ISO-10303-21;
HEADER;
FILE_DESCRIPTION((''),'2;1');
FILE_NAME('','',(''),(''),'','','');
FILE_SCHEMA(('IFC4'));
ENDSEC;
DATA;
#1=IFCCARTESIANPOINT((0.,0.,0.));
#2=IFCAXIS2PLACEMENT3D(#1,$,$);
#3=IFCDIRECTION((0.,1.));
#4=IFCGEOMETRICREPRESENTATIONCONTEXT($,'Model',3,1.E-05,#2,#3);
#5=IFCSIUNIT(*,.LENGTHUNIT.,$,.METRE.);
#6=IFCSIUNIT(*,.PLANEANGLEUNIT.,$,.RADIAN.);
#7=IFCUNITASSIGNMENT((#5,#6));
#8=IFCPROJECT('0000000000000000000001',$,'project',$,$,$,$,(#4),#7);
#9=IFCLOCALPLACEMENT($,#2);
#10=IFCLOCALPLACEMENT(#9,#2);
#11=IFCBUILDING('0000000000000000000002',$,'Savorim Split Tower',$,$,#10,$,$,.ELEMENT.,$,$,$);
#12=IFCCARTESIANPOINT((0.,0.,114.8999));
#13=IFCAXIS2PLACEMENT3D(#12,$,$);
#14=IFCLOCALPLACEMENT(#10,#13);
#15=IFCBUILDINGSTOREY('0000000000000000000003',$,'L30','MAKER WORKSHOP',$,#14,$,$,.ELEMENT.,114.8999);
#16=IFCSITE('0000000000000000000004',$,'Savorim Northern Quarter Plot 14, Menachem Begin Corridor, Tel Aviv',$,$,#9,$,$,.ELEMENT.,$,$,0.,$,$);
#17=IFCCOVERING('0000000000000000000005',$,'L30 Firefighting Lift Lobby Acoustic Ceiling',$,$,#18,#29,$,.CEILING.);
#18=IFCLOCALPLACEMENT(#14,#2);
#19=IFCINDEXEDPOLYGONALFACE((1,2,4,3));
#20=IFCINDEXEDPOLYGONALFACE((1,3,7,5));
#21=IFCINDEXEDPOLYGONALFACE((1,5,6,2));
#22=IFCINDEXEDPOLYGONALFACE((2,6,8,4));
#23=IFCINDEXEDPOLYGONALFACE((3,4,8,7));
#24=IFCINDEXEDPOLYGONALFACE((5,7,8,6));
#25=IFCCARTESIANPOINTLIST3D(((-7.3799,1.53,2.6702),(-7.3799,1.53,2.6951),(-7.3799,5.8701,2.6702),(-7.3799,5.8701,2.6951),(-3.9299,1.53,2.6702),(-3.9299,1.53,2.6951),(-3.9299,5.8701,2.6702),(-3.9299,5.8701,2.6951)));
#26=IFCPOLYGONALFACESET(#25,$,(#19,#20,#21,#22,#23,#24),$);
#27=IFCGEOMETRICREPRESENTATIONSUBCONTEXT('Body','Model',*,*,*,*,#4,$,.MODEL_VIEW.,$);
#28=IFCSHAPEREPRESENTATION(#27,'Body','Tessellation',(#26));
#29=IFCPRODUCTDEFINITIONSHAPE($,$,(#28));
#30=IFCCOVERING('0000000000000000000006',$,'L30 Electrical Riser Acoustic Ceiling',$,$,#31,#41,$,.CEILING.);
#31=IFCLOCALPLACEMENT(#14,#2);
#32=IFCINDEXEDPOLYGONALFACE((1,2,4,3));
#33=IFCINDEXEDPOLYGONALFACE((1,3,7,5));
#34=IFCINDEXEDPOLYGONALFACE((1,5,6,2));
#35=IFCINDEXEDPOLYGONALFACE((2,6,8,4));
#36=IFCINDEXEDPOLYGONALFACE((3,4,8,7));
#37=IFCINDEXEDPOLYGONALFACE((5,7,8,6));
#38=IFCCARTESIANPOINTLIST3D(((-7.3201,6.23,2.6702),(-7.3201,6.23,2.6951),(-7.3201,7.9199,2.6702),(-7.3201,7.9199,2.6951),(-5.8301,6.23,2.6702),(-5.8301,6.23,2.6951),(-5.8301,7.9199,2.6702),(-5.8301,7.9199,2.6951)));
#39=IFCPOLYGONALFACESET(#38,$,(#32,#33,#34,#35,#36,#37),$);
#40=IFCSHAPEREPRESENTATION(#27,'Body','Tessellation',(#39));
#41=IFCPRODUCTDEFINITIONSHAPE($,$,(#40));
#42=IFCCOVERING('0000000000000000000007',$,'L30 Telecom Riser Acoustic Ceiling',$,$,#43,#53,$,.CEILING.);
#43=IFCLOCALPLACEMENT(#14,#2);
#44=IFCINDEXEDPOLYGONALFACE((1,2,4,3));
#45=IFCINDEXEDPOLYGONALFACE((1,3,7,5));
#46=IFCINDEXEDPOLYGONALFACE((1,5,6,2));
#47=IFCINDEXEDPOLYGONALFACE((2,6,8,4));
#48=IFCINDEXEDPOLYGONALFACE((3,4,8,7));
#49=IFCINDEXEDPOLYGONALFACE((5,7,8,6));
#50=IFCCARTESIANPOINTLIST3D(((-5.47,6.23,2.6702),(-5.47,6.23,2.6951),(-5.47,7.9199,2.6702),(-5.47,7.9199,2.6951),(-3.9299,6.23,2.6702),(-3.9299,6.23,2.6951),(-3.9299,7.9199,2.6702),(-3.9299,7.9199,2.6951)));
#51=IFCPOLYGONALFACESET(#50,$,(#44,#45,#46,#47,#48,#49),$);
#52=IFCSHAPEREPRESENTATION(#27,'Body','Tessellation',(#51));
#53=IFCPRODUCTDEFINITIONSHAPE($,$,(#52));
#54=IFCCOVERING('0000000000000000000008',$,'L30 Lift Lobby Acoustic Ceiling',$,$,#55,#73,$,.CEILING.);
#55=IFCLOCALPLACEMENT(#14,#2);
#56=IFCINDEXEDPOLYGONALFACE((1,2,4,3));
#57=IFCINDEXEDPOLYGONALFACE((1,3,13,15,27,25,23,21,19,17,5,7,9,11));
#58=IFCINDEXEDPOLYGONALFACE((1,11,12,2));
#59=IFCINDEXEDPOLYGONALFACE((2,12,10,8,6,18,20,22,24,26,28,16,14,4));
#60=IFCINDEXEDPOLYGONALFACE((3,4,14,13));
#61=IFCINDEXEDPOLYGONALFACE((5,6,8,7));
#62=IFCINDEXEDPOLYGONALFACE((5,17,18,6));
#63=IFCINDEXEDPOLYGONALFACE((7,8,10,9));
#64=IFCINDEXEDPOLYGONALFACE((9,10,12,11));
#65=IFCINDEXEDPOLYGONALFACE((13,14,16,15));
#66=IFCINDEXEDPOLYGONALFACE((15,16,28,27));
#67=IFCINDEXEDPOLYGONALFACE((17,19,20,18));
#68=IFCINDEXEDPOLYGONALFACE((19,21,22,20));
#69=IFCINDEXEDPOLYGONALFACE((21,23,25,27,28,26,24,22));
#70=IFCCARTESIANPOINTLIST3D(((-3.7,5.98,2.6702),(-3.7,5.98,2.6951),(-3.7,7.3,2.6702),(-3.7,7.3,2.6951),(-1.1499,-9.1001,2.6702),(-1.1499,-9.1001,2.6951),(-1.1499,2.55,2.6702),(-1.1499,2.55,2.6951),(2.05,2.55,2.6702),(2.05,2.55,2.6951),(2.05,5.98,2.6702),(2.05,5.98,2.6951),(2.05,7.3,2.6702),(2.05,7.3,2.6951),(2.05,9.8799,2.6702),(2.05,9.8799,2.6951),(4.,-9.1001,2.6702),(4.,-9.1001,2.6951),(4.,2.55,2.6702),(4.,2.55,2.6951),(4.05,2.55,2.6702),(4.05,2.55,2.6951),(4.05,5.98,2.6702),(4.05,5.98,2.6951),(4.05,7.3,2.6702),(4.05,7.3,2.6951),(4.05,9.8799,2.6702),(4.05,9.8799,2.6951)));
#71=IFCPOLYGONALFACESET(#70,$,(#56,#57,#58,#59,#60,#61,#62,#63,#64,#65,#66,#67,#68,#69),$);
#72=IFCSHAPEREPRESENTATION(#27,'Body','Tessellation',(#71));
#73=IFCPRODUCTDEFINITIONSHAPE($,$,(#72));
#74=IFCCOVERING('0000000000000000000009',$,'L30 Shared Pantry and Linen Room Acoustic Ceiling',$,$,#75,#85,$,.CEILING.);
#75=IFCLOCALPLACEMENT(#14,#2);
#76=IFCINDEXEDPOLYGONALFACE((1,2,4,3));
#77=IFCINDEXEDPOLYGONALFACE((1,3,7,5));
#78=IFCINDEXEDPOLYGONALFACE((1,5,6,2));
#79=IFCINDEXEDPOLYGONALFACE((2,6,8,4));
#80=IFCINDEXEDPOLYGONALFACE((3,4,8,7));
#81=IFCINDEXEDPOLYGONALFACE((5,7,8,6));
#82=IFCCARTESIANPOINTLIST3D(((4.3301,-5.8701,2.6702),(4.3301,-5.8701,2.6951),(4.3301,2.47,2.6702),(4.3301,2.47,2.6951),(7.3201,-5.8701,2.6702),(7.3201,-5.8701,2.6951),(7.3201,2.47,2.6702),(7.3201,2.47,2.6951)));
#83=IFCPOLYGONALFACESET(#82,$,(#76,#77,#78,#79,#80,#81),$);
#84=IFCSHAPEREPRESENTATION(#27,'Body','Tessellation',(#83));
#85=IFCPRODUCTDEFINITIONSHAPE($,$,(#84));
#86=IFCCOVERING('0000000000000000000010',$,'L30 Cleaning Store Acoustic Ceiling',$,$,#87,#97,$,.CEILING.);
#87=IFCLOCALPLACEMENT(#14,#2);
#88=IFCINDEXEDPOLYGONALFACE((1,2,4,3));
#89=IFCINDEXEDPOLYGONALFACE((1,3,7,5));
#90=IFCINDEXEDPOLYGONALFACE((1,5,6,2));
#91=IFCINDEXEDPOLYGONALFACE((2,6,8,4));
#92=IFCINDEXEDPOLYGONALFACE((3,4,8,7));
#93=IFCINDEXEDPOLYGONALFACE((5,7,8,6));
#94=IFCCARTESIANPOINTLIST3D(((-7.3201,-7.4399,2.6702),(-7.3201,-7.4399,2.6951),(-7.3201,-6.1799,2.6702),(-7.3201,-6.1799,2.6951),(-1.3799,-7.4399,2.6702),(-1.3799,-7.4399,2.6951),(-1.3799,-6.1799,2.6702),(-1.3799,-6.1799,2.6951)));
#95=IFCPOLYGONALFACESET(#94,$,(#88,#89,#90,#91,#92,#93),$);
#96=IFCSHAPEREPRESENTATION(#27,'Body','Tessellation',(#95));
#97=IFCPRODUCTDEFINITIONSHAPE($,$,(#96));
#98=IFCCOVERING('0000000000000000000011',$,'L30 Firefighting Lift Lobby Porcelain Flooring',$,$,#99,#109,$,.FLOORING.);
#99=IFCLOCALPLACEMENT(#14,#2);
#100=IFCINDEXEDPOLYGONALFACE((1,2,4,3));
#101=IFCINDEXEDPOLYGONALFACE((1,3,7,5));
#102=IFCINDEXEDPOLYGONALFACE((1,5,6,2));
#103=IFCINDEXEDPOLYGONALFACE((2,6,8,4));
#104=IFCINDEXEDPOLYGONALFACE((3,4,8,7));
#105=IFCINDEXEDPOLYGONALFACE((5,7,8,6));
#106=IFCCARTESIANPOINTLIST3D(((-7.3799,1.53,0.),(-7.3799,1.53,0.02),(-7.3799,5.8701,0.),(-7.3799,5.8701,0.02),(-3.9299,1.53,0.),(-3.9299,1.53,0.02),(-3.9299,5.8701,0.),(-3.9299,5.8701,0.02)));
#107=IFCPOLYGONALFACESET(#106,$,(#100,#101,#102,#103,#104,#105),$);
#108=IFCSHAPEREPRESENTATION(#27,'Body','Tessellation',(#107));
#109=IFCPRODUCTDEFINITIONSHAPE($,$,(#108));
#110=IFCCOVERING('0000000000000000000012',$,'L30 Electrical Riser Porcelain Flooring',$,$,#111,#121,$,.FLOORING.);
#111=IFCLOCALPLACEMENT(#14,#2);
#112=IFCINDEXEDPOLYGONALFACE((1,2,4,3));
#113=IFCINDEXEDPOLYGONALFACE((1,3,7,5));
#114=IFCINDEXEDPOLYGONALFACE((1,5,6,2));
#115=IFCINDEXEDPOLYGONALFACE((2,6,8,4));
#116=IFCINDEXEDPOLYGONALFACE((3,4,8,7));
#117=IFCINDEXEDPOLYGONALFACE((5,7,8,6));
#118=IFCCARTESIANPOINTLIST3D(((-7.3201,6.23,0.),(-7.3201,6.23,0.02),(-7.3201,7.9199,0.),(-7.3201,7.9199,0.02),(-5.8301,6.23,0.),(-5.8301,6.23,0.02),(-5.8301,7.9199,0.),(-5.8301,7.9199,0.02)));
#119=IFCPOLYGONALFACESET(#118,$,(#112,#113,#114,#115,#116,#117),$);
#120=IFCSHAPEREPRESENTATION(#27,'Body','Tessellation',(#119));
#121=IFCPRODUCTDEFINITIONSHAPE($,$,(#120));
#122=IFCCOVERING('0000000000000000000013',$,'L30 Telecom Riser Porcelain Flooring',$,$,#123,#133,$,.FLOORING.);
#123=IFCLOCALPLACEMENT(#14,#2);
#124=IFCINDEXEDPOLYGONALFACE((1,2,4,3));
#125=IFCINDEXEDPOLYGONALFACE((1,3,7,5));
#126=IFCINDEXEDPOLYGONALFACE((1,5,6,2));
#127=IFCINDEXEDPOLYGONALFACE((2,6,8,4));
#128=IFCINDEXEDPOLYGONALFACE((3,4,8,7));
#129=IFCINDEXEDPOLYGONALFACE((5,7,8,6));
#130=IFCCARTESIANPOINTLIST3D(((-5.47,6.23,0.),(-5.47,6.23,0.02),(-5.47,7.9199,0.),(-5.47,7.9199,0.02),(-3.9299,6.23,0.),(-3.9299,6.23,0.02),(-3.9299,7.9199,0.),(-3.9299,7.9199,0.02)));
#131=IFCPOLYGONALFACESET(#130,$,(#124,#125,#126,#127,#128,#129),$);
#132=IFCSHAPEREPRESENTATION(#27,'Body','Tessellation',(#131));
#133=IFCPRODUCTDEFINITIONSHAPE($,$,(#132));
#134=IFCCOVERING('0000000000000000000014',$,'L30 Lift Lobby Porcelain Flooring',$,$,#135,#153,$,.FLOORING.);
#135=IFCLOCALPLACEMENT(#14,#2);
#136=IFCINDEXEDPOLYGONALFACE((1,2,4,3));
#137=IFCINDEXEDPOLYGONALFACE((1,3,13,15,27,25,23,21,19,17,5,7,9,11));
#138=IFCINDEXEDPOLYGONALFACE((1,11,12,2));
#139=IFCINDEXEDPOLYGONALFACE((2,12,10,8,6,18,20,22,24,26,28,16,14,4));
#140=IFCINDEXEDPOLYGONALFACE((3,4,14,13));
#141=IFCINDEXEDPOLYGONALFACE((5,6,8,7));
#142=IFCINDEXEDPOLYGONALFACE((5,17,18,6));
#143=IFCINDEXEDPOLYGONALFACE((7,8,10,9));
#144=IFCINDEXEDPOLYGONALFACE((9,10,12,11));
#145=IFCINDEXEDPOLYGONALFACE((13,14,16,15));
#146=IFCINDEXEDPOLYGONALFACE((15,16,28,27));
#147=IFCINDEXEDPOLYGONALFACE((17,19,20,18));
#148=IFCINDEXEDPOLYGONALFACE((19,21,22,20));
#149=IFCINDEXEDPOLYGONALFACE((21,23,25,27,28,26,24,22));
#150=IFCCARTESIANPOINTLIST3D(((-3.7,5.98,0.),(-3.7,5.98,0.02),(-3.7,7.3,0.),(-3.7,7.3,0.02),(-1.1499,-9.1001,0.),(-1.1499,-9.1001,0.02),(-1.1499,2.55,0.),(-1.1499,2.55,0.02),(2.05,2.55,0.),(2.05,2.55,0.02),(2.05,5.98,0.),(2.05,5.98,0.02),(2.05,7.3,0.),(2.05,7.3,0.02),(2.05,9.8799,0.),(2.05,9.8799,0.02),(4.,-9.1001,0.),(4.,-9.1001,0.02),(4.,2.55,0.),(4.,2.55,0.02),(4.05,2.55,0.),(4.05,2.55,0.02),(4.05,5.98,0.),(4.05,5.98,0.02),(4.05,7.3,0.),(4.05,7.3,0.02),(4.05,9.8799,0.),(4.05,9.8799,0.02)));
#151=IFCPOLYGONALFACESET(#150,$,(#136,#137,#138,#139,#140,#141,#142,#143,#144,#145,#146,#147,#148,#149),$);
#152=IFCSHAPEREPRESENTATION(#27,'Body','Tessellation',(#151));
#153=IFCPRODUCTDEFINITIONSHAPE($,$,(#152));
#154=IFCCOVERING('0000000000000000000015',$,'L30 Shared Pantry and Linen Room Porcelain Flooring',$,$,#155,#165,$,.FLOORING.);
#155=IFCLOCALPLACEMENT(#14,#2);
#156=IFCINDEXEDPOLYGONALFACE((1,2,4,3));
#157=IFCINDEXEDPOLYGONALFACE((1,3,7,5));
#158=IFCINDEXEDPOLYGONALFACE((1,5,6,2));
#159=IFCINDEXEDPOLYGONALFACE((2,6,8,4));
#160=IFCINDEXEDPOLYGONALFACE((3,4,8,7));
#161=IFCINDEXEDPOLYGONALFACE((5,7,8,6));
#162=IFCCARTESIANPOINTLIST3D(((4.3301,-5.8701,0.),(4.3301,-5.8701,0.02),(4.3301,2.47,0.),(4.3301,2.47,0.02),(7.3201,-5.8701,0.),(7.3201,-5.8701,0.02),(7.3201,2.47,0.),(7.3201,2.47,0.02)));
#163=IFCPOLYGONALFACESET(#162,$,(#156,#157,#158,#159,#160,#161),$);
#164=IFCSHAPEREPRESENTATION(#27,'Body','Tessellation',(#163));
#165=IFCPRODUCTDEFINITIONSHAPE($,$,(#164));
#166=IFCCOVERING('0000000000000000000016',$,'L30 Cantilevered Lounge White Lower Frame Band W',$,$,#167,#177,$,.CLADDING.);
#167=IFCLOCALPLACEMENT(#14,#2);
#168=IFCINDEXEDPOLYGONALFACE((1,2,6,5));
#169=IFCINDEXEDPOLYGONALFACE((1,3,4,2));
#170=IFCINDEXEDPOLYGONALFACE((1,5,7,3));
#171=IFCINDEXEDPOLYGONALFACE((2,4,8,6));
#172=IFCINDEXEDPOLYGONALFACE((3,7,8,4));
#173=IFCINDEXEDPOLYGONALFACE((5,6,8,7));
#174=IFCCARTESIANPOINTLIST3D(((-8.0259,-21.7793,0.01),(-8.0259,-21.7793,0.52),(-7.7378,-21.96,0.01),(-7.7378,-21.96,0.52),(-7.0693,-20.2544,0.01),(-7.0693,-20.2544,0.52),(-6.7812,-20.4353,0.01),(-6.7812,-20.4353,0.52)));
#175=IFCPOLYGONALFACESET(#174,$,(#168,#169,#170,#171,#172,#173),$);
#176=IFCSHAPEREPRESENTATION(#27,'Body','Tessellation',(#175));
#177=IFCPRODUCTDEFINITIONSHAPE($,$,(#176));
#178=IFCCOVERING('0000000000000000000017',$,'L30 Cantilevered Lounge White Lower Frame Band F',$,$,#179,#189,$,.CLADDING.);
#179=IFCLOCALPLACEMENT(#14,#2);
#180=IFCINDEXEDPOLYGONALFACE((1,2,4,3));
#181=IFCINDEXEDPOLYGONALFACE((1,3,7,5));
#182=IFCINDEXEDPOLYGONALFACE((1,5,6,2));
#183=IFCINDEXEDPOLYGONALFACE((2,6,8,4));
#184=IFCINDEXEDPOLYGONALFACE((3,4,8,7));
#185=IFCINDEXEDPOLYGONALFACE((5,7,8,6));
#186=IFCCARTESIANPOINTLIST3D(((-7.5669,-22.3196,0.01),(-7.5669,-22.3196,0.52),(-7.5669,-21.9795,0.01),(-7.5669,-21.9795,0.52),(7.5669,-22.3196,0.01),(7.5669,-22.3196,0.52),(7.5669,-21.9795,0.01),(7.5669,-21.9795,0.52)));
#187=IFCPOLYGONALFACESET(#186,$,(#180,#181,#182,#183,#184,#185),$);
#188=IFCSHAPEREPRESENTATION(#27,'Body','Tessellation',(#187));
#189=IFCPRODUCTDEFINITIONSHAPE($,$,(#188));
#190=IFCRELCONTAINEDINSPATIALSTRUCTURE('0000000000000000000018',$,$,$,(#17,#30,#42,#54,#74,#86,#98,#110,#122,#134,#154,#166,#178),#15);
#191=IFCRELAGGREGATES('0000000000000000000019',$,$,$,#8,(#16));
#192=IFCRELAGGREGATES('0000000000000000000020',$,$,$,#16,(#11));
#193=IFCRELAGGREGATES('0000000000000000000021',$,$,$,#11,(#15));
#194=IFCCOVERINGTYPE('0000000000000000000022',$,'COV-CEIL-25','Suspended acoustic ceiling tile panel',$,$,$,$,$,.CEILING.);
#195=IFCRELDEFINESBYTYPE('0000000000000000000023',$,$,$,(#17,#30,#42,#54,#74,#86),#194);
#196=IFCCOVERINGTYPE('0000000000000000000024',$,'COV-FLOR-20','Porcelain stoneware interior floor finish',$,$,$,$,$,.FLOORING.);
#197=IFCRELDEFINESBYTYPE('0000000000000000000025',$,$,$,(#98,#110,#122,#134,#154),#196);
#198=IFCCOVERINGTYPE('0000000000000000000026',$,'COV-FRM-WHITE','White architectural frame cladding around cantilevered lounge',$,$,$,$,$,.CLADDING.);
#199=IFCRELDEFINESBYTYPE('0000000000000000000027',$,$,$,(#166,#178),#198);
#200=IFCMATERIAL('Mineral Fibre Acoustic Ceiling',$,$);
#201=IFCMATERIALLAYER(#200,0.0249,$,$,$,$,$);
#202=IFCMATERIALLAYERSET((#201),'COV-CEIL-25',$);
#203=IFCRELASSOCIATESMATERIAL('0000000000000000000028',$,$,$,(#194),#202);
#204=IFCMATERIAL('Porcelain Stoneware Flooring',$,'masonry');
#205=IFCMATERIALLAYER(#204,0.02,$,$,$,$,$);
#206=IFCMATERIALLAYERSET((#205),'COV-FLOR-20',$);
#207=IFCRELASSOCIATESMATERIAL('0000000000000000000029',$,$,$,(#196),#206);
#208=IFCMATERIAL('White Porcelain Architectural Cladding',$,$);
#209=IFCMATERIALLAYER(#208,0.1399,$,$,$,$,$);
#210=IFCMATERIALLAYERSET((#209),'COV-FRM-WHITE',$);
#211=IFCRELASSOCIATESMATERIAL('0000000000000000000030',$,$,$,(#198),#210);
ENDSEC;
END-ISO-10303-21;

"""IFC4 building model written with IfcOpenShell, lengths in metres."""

from ifc_helpers import new_model, si_unit, direction, frame, origin, place, context, subcontext, project, spatial, polyline, outline, extrude, material, layer, layer_set, type_object, element, save


model = new_model("IFC4")

# Units and contexts
model_context = context("Model", 3, precision=1e-05, world=origin(), true_north=direction((0.0, 1.0)))
body_context = subcontext(model_context, "Body", "Model", "MODEL_VIEW")
ifc_project = project(units=[si_unit("LENGTHUNIT", "METRE"), si_unit("PLANEANGLEUNIT", "RADIAN")], contexts=[model_context])

# Site, building, storey
site_placement = place(None, origin())
site = spatial("IfcSite", under=ifc_project, at=site_placement, Name="Savorim Northern Quarter Plot 14, Menachem Begin Corridor, Tel Aviv", CompositionType="ELEMENT", RefElevation=0.0)
building_placement = place(site_placement, origin())
building = spatial("IfcBuilding", under=site, at=building_placement, Name="Savorim Split Tower", CompositionType="ELEMENT")
storey_placement = place(building_placement, frame((0.0, 0.0, 114.8999)))
storey = spatial("IfcBuildingStorey", under=building, at=storey_placement, Name="L30", Description="MAKER WORKSHOP", CompositionType="ELEMENT", Elevation=114.8999)

# Coverings
ifc_material_1 = material(Name="Mineral Fibre Acoustic Ceiling")
ifc_layer_1 = layer(ifc_material_1, 0.0249)
ifc_layer_set_1 = layer_set([ifc_layer_1], Name="COV-CEIL-25")
covering_type_1 = type_object("IfcCoveringType", Name="COV-CEIL-25", Description="Suspended acoustic ceiling tile panel", PredefinedType="CEILING", material=ifc_layer_set_1)
covering_1_placement = place(storey_placement, frame((0.0, 0.0, 2.6702)))
element("IfcCovering", 1, at=covering_1_placement, inside=storey, type_object=covering_type_1, Name="L30 Firefighting Lift Lobby Acoustic Ceiling", PredefinedType="CEILING", context=body_context, shape_type="SweptSolid", body=[
    extrude(outline(polyline([(-7.3799, 5.8701), (-7.3799, 1.53), (-3.9299, 1.53), (-3.9299, 5.8701), (-7.3799, 5.8701)])), origin(), (0.0, 0.0, 1.0), 0.0249),
])
covering_2_placement = place(storey_placement, frame((0.0, 0.0, 2.6702)))
element("IfcCovering", 2, at=covering_2_placement, inside=storey, type_object=covering_type_1, Name="L30 Electrical Riser Acoustic Ceiling", PredefinedType="CEILING", context=body_context, shape_type="SweptSolid", body=[
    extrude(outline(polyline([(-7.3201, 7.9199), (-7.3201, 6.23), (-5.8301, 6.23), (-5.8301, 7.9199), (-7.3201, 7.9199)])), origin(), (0.0, 0.0, 1.0), 0.0249),
])
covering_3_placement = place(storey_placement, frame((0.0, 0.0, 2.6702)))
element("IfcCovering", 3, at=covering_3_placement, inside=storey, type_object=covering_type_1, Name="L30 Telecom Riser Acoustic Ceiling", PredefinedType="CEILING", context=body_context, shape_type="SweptSolid", body=[
    extrude(outline(polyline([(-5.47, 7.9199), (-5.47, 6.23), (-3.9299, 6.23), (-3.9299, 7.9199), (-5.47, 7.9199)])), origin(), (0.0, 0.0, 1.0), 0.0249),
])
covering_4_placement = place(storey_placement, frame((0.0, 0.0, 2.6702)))
element("IfcCovering", 4, at=covering_4_placement, inside=storey, type_object=covering_type_1, Name="L30 Lift Lobby Acoustic Ceiling", PredefinedType="CEILING", context=body_context, shape_type="SweptSolid", body=[
    extrude(outline(polyline([(2.05, 2.55), (-1.1499, 2.55), (-1.1499, -9.1001), (4.0, -9.1001), (4.0, 2.55), (4.05, 2.55), (4.05, 5.98), (4.05, 7.3), (4.05, 9.8799), (2.05, 9.8799), (2.05, 7.3), (-3.7, 7.3), (-3.7, 5.98), (2.05, 5.98), (2.05, 2.55)])), origin(), (0.0, 0.0, 1.0), 0.0249),
])
covering_5_placement = place(storey_placement, frame((0.0, 0.0, 2.6702)))
element("IfcCovering", 5, at=covering_5_placement, inside=storey, type_object=covering_type_1, Name="L30 Shared Pantry and Linen Room Acoustic Ceiling", PredefinedType="CEILING", context=body_context, shape_type="SweptSolid", body=[
    extrude(outline(polyline([(4.3301, 2.47), (4.3301, -5.8701), (7.3201, -5.8701), (7.3201, 2.47), (4.3301, 2.47)])), origin(), (0.0, 0.0, 1.0), 0.0249),
])
covering_6_placement = place(storey_placement, frame((0.0, 0.0, 2.6702)))
element("IfcCovering", 6, at=covering_6_placement, inside=storey, type_object=covering_type_1, Name="L30 Cleaning Store Acoustic Ceiling", PredefinedType="CEILING", context=body_context, shape_type="SweptSolid", body=[
    extrude(outline(polyline([(-7.3201, -6.1799), (-7.3201, -7.4399), (-1.3799, -7.4399), (-1.3799, -6.1799), (-7.3201, -6.1799)])), origin(), (0.0, 0.0, 1.0), 0.0249),
])
ifc_material_2 = material(Name="Porcelain Stoneware Flooring", Category="masonry")
ifc_layer_2 = layer(ifc_material_2, 0.02)
ifc_layer_set_2 = layer_set([ifc_layer_2], Name="COV-FLOR-20")
covering_type_2 = type_object("IfcCoveringType", Name="COV-FLOR-20", Description="Porcelain stoneware interior floor finish", PredefinedType="FLOORING", material=ifc_layer_set_2)
covering_7_placement = place(storey_placement, origin())
element("IfcCovering", 7, at=covering_7_placement, inside=storey, type_object=covering_type_2, Name="L30 Firefighting Lift Lobby Porcelain Flooring", PredefinedType="FLOORING", context=body_context, shape_type="SweptSolid", body=[
    extrude(outline(polyline([(-7.3799, 5.8701), (-7.3799, 1.53), (-3.9299, 1.53), (-3.9299, 5.8701), (-7.3799, 5.8701)])), origin(), (0.0, 0.0, 1.0), 0.02),
])
covering_8_placement = place(storey_placement, origin())
element("IfcCovering", 8, at=covering_8_placement, inside=storey, type_object=covering_type_2, Name="L30 Electrical Riser Porcelain Flooring", PredefinedType="FLOORING", context=body_context, shape_type="SweptSolid", body=[
    extrude(outline(polyline([(-7.3201, 7.9199), (-7.3201, 6.23), (-5.8301, 6.23), (-5.8301, 7.9199), (-7.3201, 7.9199)])), origin(), (0.0, 0.0, 1.0), 0.02),
])
covering_9_placement = place(storey_placement, origin())
element("IfcCovering", 9, at=covering_9_placement, inside=storey, type_object=covering_type_2, Name="L30 Telecom Riser Porcelain Flooring", PredefinedType="FLOORING", context=body_context, shape_type="SweptSolid", body=[
    extrude(outline(polyline([(-5.47, 7.9199), (-5.47, 6.23), (-3.9299, 6.23), (-3.9299, 7.9199), (-5.47, 7.9199)])), origin(), (0.0, 0.0, 1.0), 0.02),
])
covering_10_placement = place(storey_placement, origin())
element("IfcCovering", 10, at=covering_10_placement, inside=storey, type_object=covering_type_2, Name="L30 Lift Lobby Porcelain Flooring", PredefinedType="FLOORING", context=body_context, shape_type="SweptSolid", body=[
    extrude(outline(polyline([(2.05, 2.55), (-1.1499, 2.55), (-1.1499, -9.1001), (4.0, -9.1001), (4.0, 2.55), (4.05, 2.55), (4.05, 5.98), (4.05, 7.3), (4.05, 9.8799), (2.05, 9.8799), (2.05, 7.3), (-3.7, 7.3), (-3.7, 5.98), (2.05, 5.98), (2.05, 2.55)])), origin(), (0.0, 0.0, 1.0), 0.02),
])
covering_11_placement = place(storey_placement, origin())
element("IfcCovering", 11, at=covering_11_placement, inside=storey, type_object=covering_type_2, Name="L30 Shared Pantry and Linen Room Porcelain Flooring", PredefinedType="FLOORING", context=body_context, shape_type="SweptSolid", body=[
    extrude(outline(polyline([(4.3301, 2.47), (4.3301, -5.8701), (7.3201, -5.8701), (7.3201, 2.47), (4.3301, 2.47)])), origin(), (0.0, 0.0, 1.0), 0.02),
])
ifc_material_3 = material(Name="White Porcelain Architectural Cladding")
ifc_layer_3 = layer(ifc_material_3, 0.1399)
ifc_layer_set_3 = layer_set([ifc_layer_3], Name="COV-FRM-WHITE")
covering_type_3 = type_object("IfcCoveringType", Name="COV-FRM-WHITE", Description="White architectural frame cladding around cantilevered lounge", PredefinedType="CLADDING", material=ifc_layer_set_3)
covering_12_placement = place(storey_placement, frame((0.0, 0.0, 0.01)))
element("IfcCovering", 12, at=covering_12_placement, inside=storey, type_object=covering_type_3, Name="L30 Cantilevered Lounge White Lower Frame Band W", PredefinedType="CLADDING", context=body_context, shape_type="SweptSolid", body=[
    extrude(outline(polyline([(-7.0693, -20.2544), (-8.0259, -21.7793), (-7.7378, -21.96), (-6.7812, -20.4353), (-7.0693, -20.2544)])), origin(), (0.0, 0.0, 1.0), 0.51),
])
covering_13_placement = place(storey_placement, frame((0.0, 0.0, 0.01)))
element("IfcCovering", 13, at=covering_13_placement, inside=storey, type_object=covering_type_3, Name="L30 Cantilevered Lounge White Lower Frame Band F", PredefinedType="CLADDING", context=body_context, shape_type="SweptSolid", body=[
    extrude(outline(polyline([(-7.5669, -22.3196), (7.5669, -22.3196), (7.5669, -21.9795), (-7.5669, -21.9795), (-7.5669, -22.3196)])), origin(), (0.0, 0.0, 1.0), 0.51),
])

save(model, "model.ifc")
